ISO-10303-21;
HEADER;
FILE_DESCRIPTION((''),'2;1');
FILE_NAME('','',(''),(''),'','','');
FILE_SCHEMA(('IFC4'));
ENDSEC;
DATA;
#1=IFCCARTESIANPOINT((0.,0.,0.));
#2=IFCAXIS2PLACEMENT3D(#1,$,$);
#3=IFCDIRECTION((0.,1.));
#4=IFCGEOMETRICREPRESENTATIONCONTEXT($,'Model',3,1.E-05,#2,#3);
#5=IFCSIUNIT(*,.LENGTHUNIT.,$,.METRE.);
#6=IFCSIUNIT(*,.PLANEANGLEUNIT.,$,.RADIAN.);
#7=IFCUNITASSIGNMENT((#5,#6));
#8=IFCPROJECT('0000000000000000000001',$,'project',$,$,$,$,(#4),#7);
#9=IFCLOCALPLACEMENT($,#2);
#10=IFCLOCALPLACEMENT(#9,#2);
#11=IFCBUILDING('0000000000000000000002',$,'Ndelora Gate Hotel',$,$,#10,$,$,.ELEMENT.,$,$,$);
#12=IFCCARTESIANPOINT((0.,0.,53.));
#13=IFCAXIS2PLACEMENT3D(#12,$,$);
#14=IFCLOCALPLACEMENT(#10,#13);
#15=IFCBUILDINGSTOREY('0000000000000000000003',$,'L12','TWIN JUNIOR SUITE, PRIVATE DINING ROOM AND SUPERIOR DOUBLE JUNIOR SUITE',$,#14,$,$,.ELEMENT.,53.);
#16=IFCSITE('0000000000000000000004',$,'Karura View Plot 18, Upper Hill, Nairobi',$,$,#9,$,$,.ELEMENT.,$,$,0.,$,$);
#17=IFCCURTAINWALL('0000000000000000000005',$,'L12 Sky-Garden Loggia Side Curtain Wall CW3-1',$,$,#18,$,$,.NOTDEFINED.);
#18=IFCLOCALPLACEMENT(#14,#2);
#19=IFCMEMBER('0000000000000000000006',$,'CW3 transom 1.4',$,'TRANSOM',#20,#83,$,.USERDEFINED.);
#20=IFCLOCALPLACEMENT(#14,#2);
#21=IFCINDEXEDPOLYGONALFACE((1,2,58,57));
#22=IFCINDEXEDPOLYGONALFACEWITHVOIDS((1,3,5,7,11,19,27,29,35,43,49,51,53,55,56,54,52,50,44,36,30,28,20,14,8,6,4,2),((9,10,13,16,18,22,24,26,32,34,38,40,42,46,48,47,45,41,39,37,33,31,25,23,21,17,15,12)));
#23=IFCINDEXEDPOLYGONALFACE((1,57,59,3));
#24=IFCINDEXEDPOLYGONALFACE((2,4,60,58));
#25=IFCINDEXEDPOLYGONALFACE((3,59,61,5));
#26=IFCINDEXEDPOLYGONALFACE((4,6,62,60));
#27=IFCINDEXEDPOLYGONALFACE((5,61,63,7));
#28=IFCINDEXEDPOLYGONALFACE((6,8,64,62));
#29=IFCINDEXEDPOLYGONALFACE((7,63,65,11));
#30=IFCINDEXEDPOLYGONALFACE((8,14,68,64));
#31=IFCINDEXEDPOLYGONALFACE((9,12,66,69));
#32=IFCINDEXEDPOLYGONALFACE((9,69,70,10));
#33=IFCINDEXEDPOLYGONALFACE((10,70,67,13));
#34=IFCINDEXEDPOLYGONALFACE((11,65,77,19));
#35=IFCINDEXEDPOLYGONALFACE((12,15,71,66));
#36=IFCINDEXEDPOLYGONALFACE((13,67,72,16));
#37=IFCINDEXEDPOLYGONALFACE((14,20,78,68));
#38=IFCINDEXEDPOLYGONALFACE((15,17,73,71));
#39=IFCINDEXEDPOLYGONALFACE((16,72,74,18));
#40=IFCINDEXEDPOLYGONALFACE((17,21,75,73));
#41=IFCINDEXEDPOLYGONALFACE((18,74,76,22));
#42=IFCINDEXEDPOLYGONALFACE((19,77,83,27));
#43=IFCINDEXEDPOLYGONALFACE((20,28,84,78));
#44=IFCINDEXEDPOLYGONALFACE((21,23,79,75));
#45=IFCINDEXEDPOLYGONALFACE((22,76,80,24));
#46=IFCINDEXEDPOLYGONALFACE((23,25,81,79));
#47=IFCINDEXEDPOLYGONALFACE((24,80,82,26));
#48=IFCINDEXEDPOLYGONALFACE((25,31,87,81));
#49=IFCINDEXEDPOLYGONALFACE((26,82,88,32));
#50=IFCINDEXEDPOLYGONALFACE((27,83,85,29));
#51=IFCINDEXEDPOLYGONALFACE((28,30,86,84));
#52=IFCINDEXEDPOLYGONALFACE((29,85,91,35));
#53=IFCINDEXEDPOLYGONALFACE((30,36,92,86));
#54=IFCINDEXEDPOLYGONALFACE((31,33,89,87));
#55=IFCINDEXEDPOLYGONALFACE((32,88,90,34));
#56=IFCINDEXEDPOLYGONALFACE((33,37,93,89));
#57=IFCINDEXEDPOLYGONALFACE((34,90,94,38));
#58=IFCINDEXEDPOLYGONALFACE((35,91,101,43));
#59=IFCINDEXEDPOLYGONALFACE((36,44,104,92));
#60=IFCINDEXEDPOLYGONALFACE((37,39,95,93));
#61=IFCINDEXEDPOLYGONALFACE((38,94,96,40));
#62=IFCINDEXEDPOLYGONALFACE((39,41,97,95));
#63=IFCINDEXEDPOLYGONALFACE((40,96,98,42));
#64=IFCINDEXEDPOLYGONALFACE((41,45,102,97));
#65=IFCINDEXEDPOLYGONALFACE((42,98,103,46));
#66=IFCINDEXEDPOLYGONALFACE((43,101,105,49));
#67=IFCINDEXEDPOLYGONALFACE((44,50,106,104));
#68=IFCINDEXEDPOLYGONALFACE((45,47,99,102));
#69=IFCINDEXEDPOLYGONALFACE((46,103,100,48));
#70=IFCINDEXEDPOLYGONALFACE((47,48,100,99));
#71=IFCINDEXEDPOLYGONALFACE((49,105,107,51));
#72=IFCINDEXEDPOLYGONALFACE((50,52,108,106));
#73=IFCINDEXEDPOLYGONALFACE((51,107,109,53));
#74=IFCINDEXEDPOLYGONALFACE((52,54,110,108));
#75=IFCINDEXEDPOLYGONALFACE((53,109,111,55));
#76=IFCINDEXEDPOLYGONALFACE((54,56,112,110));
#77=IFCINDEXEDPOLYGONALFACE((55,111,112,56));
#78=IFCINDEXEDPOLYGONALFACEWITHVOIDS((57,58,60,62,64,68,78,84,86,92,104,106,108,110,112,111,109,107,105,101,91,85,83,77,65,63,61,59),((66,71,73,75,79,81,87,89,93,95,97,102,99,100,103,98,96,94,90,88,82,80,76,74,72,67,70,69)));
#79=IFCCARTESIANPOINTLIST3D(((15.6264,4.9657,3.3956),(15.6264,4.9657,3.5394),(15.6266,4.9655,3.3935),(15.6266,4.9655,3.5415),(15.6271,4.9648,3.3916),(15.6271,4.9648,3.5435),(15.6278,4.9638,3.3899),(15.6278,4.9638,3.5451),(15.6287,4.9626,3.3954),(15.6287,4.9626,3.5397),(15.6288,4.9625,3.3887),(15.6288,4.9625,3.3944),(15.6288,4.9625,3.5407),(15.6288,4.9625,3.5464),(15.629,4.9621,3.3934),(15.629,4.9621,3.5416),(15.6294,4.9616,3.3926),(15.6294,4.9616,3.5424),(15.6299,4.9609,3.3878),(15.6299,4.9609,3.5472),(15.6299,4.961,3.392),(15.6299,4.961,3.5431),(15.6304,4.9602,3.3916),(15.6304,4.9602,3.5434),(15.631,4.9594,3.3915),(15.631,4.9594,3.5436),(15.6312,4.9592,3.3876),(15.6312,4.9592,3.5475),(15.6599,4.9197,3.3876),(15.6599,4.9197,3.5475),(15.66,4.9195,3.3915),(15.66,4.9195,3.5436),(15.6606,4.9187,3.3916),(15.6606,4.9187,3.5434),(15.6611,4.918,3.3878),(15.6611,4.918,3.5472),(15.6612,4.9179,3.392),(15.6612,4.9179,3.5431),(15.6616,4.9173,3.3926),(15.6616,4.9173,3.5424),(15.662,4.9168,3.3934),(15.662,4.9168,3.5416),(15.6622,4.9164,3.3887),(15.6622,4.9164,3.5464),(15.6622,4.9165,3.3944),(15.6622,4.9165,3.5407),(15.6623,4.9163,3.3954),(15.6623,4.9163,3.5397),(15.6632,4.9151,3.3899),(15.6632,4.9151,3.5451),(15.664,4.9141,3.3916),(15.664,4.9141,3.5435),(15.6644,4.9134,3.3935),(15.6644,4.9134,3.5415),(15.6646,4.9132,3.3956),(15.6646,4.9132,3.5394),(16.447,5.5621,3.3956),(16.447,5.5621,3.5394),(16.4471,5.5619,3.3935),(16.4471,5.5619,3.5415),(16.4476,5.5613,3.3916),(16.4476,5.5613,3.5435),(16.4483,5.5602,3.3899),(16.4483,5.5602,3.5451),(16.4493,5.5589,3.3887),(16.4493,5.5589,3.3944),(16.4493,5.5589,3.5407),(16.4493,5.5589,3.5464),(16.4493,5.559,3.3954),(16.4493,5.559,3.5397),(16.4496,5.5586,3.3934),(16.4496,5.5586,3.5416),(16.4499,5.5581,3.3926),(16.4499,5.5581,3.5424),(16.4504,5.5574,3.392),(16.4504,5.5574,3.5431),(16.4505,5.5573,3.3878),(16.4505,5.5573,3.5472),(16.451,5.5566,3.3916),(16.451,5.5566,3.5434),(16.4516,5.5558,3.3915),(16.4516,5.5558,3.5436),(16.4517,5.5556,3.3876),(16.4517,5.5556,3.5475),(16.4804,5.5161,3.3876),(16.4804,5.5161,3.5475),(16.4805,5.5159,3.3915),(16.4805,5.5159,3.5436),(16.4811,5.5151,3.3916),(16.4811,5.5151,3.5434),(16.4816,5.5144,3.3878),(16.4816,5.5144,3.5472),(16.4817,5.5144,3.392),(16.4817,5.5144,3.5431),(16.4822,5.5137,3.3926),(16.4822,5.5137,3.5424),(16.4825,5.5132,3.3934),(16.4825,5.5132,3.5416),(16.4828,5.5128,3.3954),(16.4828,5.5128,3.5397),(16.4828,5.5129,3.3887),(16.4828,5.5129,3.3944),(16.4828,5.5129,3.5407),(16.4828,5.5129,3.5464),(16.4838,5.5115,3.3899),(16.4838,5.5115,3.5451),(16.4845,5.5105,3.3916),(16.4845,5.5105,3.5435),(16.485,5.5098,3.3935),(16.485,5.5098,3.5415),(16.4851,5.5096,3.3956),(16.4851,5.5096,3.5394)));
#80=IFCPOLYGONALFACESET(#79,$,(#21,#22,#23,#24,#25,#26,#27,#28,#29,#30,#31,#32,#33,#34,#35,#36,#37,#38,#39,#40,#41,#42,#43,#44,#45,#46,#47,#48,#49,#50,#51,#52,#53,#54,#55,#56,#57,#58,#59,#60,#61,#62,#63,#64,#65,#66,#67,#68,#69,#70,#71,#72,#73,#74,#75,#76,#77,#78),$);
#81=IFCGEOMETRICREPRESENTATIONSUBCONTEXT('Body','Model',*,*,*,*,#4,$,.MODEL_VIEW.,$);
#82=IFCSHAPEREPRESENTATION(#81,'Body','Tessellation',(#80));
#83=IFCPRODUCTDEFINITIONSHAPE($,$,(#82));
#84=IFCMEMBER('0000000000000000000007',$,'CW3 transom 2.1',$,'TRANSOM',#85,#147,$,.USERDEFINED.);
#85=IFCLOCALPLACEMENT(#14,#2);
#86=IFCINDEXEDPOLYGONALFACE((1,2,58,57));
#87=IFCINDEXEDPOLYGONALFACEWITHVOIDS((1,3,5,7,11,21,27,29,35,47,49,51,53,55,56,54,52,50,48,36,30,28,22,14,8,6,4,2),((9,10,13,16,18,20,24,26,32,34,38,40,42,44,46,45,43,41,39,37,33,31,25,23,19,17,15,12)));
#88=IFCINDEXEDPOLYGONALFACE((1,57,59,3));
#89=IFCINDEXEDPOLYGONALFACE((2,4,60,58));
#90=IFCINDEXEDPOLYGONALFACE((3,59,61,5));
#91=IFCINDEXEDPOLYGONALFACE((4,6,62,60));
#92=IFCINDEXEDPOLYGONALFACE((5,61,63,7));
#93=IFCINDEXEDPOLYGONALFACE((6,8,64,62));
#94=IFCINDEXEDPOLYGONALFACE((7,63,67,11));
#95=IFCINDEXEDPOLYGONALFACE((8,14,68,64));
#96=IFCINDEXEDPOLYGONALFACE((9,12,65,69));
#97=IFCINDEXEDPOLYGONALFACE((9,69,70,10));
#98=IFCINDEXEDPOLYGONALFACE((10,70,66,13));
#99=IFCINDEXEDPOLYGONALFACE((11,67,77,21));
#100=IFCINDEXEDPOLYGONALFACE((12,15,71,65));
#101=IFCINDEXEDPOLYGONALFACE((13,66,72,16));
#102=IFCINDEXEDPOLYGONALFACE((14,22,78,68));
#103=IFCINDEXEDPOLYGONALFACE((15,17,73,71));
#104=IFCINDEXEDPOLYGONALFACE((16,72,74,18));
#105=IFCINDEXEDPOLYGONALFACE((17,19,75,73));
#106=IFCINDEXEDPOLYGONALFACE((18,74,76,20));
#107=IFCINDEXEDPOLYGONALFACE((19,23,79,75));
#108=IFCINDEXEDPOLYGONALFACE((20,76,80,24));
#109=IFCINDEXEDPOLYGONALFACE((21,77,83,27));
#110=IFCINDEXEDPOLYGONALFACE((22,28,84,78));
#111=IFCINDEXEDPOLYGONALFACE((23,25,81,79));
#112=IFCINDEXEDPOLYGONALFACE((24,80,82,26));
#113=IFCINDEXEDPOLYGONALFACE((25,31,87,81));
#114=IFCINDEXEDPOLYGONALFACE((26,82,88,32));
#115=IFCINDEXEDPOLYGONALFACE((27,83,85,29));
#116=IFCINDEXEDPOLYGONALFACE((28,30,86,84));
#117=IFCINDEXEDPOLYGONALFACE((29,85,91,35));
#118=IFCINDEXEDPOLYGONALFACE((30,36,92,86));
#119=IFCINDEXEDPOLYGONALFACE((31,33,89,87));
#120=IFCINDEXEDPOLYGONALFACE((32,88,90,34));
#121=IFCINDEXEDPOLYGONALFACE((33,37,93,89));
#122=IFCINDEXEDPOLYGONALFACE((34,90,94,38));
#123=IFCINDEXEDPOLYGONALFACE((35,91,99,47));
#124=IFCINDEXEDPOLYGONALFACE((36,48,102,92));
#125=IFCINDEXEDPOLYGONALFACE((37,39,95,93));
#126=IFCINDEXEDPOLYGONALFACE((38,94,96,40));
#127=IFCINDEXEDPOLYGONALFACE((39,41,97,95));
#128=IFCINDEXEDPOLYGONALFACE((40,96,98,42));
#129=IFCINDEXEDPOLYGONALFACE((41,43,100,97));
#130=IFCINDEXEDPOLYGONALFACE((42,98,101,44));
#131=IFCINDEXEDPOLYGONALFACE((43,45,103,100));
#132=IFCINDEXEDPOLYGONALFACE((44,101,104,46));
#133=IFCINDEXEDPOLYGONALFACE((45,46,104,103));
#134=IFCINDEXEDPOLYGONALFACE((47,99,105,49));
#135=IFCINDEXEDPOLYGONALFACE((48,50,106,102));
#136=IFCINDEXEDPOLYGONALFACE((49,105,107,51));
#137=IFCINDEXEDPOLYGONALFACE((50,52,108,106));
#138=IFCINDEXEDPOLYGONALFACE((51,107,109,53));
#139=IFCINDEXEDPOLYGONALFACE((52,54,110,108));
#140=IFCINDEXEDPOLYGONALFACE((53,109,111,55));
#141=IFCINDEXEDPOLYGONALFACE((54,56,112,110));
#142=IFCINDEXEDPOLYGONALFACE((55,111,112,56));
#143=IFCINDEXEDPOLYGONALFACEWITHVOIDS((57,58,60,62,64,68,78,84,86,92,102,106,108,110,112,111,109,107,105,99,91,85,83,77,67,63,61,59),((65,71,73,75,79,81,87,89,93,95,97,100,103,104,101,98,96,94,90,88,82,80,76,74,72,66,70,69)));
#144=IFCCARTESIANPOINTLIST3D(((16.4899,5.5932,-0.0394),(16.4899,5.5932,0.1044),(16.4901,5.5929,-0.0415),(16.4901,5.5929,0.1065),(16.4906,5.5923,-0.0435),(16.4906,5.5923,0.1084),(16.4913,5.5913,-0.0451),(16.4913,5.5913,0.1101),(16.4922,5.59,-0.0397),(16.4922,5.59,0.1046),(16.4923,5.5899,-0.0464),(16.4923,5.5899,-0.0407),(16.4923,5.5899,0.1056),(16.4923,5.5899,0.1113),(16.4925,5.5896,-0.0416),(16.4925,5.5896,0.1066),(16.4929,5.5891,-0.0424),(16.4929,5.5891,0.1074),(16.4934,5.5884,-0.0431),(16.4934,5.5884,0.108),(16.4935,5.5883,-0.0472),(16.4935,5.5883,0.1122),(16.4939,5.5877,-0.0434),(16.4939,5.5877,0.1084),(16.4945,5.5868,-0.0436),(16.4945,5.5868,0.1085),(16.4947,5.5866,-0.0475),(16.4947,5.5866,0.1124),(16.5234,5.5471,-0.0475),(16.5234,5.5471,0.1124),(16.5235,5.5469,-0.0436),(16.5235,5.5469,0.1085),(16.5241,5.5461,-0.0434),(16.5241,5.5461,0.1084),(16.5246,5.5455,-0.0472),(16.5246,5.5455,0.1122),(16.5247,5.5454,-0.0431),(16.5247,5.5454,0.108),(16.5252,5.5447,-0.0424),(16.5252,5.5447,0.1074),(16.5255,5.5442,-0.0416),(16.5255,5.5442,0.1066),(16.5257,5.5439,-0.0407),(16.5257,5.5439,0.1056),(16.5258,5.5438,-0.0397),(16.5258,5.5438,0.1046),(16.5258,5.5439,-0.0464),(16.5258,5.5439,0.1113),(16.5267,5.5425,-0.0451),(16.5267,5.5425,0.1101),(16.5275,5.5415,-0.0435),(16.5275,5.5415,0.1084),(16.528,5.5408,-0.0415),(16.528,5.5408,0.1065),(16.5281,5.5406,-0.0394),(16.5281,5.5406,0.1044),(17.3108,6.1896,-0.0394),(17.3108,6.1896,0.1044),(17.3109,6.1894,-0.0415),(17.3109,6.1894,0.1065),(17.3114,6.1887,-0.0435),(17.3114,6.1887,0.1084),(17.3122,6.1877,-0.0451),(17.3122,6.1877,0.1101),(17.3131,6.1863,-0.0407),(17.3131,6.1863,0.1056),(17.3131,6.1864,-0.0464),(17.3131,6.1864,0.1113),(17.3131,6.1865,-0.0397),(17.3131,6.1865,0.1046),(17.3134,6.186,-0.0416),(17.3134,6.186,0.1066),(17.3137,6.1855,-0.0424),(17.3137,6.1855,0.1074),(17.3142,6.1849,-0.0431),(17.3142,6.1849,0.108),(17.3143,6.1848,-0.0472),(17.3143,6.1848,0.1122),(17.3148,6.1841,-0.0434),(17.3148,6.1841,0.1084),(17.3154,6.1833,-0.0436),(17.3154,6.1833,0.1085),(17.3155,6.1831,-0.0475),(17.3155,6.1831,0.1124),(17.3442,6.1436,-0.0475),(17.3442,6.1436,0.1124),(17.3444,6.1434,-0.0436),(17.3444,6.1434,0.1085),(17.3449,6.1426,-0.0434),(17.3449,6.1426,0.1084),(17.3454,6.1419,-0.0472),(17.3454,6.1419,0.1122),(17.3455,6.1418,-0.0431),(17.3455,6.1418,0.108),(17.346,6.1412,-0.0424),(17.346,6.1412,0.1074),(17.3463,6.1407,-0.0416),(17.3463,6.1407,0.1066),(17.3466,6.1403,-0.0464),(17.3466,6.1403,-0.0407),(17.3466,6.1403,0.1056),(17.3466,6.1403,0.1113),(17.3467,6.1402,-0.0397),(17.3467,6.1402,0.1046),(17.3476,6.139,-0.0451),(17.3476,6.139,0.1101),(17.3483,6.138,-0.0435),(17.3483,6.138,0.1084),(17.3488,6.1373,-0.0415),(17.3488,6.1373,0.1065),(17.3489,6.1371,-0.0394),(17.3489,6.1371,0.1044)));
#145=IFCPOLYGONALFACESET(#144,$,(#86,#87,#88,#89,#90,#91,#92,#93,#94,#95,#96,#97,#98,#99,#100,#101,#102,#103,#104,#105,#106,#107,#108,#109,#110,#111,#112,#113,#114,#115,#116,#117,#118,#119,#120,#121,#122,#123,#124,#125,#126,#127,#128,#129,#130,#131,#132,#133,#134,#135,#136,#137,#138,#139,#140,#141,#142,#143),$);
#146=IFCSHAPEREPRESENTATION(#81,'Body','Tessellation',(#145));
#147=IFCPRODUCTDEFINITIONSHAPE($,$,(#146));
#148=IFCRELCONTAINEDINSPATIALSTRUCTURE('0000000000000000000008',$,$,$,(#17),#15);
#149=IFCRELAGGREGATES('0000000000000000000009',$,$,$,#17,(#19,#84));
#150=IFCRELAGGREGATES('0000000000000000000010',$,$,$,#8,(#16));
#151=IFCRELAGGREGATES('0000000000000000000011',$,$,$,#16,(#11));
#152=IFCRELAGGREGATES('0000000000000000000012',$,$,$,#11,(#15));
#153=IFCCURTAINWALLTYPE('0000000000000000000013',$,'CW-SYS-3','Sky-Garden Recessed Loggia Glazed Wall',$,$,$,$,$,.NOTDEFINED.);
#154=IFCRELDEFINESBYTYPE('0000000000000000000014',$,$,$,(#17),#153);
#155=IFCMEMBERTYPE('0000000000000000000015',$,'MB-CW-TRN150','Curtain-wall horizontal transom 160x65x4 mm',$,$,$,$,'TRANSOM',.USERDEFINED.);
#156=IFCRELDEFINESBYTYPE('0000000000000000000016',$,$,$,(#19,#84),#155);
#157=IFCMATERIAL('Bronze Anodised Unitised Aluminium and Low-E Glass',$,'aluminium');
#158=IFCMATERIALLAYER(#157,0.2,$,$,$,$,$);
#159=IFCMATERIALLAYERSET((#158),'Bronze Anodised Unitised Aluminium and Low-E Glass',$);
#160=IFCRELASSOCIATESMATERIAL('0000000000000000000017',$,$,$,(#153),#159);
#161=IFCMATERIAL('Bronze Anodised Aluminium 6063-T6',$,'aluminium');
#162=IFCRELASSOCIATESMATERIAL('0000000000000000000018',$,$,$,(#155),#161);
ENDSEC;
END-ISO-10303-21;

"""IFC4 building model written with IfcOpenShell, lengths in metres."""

from ifc_helpers import new_model, si_unit, direction, frame, origin, origin_2d, place, context, subcontext, project, spatial, hollow_rectangle, extrude, material, layer, layer_set, material_profile, profile_set, type_object, element, aggregate, save


model = new_model("IFC4")

# Units and contexts
model_context = context("Model", 3, precision=1e-05, world=origin(), true_north=direction((0.0, 1.0)))
body_context = subcontext(model_context, "Body", "Model", "MODEL_VIEW")
ifc_project = project(units=[si_unit("LENGTHUNIT", "METRE"), si_unit("PLANEANGLEUNIT", "RADIAN")], contexts=[model_context])

# Site, building, storey
site_placement = place(None, origin())
site = spatial("IfcSite", under=ifc_project, at=site_placement, Name="Karura View Plot 18, Upper Hill, Nairobi", CompositionType="ELEMENT", RefElevation=0.0)
building_placement = place(site_placement, origin())
building = spatial("IfcBuilding", under=site, at=building_placement, Name="Ndelora Gate Hotel", CompositionType="ELEMENT")
storey_placement = place(building_placement, frame((0.0, 0.0, 53.0)))
storey = spatial("IfcBuildingStorey", under=building, at=storey_placement, Name="L12", Description="TWIN JUNIOR SUITE, PRIVATE DINING ROOM AND SUPERIOR DOUBLE JUNIOR SUITE", CompositionType="ELEMENT", Elevation=53.0)

# Curtain wall, members
ifc_material_1 = material(Name="Bronze Anodised Unitised Aluminium and Low-E Glass", Category="aluminium")
ifc_layer_1 = layer(ifc_material_1, 0.2)
ifc_layer_set_1 = layer_set([ifc_layer_1], Name="Bronze Anodised Unitised Aluminium and Low-E Glass")
curtain_wall_type = type_object("IfcCurtainWallType", Name="CW-SYS-3", Description="Sky-Garden Recessed Loggia Glazed Wall", PredefinedType="NOTDEFINED", material=ifc_layer_set_1)
curtain_wall_placement = place(storey_placement, origin())
curtain_wall = element("IfcCurtainWall", 1, at=curtain_wall_placement, inside=storey, type_object=curtain_wall_type, Name="L12 Sky-Garden Loggia Side Curtain Wall CW3-1", PredefinedType="NOTDEFINED")
ifc_material_2 = material(Name="Bronze Anodised Aluminium 6063-T6", Category="aluminium")
ifc_material_profile_1 = material_profile(ifc_material_2, hollow_rectangle(XDim=0.0649, YDim=0.1599, WallThickness=0.0039, InnerFilletRadius=0.0039, OuterFilletRadius=0.0081, at=origin_2d()), Name="ALU 160x65x4")
ifc_profile_set_1 = profile_set([ifc_material_profile_1], Name="Bronze Anodised Aluminium 6063-T6")
member_type_1 = type_object("IfcMemberType", Name="MB-CW-TRN150", Description="Curtain-wall horizontal transom 160x65x4 mm", ElementType="TRANSOM", PredefinedType="USERDEFINED", material=ifc_profile_set_1)
member_1_placement = place(storey_placement, frame((15.6455, 4.9395, 3.4675), z_axis=(0.808892, 0.587957, 0.0), x_axis=(-0.587957, 0.808892, 0.0)))
member_1 = element("IfcMember", 2, at=member_1_placement, type_object=member_type_1, Name="CW3 transom 1.4", ObjectType="TRANSOM", PredefinedType="USERDEFINED", context=body_context, shape_type="SweptSolid", body=[
    extrude(hollow_rectangle(XDim=0.0649, YDim=0.1599, WallThickness=0.0039, InnerFilletRadius=0.0039, OuterFilletRadius=0.0081, at=origin_2d()), origin(), (0.0, 0.0, 1.0), 1.0144),
])
member_2_placement = place(storey_placement, frame((16.509, 5.5669, 0.0325), z_axis=(0.808975, 0.587843, 0.0), x_axis=(-0.587843, 0.808975, 0.0)))
member_2 = element("IfcMember", 3, at=member_2_placement, type_object=member_type_1, Name="CW3 transom 2.1", ObjectType="TRANSOM", PredefinedType="USERDEFINED", context=body_context, shape_type="SweptSolid", body=[
    extrude(hollow_rectangle(XDim=0.0649, YDim=0.1599, WallThickness=0.0039, InnerFilletRadius=0.0039, OuterFilletRadius=0.0081, at=origin_2d()), origin(), (0.0, 0.0, 1.0), 1.0146),
])
aggregate(curtain_wall, [member_1, member_2])

save(model, "model.ifc")
